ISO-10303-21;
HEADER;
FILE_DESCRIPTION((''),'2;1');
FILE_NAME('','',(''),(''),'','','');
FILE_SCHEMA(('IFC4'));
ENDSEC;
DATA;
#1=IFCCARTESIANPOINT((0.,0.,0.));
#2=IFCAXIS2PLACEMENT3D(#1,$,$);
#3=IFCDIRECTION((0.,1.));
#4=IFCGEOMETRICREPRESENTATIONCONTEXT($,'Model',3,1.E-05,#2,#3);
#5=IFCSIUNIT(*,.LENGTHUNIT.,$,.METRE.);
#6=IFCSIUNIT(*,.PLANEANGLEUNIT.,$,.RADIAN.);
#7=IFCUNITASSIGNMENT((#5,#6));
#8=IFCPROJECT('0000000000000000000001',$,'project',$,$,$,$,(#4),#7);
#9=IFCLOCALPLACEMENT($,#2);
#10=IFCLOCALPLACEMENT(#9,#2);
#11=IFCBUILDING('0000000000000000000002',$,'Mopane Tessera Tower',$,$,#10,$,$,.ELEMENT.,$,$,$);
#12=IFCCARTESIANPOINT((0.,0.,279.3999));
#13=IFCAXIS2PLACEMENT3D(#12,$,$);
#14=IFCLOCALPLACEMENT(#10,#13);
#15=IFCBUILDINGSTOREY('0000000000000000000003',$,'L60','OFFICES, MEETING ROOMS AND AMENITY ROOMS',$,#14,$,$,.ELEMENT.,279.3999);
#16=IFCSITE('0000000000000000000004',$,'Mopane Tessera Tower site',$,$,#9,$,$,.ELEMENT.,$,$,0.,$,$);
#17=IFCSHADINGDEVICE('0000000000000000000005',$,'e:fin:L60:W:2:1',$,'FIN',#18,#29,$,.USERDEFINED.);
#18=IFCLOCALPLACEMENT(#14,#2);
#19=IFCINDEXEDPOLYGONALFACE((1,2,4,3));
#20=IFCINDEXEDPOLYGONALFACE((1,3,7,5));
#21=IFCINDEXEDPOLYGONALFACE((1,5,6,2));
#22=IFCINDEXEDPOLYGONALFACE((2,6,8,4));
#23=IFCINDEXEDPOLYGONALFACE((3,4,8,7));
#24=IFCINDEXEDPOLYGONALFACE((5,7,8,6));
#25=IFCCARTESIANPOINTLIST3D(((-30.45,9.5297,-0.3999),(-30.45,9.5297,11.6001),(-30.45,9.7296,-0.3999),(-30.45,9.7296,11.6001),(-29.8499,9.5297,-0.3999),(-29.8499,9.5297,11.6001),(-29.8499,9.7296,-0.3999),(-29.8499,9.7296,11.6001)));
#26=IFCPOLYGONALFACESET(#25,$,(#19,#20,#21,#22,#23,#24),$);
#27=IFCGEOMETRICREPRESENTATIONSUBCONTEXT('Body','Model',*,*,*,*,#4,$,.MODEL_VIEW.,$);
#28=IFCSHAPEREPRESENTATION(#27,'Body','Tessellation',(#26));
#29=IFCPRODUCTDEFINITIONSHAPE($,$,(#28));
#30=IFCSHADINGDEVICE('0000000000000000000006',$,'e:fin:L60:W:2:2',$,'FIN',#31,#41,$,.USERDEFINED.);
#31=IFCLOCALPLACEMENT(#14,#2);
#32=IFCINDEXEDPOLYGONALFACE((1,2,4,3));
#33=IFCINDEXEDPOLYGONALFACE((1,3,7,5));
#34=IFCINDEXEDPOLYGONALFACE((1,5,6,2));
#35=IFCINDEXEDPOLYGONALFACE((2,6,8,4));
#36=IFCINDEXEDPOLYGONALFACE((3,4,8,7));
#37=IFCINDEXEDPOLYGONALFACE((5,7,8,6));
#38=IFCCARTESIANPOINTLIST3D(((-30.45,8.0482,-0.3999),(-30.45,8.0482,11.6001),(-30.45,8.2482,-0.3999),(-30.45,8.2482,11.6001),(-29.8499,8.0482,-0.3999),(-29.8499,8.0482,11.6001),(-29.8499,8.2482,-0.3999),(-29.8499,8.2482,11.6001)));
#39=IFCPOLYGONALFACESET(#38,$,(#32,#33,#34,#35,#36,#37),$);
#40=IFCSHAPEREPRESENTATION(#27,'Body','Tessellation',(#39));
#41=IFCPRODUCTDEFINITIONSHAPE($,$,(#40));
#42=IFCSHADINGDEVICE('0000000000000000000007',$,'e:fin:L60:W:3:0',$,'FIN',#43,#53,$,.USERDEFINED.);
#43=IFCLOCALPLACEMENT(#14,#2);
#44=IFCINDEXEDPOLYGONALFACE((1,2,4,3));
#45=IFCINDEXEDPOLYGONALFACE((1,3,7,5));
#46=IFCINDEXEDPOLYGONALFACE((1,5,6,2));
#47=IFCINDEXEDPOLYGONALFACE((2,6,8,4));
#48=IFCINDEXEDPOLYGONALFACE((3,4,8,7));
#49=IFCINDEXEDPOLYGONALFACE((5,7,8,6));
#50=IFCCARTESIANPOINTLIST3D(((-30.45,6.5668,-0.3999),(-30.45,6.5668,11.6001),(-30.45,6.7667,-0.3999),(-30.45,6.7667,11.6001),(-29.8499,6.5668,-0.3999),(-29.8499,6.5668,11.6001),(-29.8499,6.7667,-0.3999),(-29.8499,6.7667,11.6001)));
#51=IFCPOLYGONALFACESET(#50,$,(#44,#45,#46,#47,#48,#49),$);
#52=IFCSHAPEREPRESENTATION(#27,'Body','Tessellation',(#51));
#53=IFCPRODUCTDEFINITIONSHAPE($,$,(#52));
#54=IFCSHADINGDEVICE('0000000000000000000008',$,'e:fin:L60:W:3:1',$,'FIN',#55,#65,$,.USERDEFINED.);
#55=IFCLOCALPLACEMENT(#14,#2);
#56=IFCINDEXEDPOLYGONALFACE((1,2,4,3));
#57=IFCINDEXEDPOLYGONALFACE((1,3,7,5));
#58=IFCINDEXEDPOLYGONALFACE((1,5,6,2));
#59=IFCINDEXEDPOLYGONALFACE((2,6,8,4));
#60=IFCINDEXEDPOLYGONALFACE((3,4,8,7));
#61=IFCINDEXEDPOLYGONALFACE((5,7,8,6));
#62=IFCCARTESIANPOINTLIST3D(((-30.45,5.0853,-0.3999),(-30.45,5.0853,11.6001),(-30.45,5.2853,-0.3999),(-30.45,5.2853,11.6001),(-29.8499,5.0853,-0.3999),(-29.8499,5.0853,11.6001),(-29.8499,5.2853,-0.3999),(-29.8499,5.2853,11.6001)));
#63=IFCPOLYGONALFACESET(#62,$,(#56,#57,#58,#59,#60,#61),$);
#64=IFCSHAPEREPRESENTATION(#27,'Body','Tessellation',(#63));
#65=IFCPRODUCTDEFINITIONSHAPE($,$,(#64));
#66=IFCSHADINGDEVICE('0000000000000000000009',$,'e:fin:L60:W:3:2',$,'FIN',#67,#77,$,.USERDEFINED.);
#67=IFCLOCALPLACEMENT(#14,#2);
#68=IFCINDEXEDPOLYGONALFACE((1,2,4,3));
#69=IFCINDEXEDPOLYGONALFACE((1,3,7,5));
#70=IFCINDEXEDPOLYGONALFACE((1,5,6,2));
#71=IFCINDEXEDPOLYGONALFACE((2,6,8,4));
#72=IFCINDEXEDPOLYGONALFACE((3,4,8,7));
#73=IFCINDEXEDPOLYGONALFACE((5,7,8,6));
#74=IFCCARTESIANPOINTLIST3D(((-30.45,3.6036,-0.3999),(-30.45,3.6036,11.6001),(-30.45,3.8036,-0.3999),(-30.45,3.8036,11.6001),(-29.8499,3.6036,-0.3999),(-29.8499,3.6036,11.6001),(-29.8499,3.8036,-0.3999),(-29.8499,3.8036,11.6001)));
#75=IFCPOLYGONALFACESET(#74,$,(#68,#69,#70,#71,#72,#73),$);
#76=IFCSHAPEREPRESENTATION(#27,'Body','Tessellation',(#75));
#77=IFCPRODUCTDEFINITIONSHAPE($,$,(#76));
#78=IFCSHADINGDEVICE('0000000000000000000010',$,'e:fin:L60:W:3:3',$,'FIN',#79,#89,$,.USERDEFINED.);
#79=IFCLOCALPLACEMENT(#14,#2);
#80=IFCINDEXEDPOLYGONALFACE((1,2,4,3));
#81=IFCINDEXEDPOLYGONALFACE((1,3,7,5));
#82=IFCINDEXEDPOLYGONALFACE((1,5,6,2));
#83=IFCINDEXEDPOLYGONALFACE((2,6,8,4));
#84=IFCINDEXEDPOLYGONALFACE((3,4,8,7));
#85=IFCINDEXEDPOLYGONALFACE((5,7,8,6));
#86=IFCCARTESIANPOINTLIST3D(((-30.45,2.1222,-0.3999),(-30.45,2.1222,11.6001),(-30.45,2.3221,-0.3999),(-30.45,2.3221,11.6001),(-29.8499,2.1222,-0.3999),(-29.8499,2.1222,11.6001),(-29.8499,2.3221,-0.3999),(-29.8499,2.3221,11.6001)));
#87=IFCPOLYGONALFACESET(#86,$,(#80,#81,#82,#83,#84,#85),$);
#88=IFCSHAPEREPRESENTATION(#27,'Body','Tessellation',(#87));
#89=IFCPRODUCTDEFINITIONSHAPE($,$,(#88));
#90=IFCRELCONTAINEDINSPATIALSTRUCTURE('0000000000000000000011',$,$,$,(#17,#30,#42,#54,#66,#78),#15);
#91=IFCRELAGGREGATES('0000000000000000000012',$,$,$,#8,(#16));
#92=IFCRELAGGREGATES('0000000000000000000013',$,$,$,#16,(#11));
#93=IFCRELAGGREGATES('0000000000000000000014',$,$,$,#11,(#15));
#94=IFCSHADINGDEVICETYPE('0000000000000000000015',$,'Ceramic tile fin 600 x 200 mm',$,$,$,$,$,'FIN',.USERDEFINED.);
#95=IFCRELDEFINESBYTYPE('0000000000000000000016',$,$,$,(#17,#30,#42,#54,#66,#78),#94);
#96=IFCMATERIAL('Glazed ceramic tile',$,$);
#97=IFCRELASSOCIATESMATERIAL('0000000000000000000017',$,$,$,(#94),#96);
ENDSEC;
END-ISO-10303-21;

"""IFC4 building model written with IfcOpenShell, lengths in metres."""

from ifc_helpers import new_model, si_unit, direction, frame, origin, origin_2d, place, context, subcontext, project, spatial, rectangle, extrude, material, type_object, element, save


model = new_model("IFC4")

# Units and contexts
model_context = context("Model", 3, precision=1e-05, world=origin(), true_north=direction((0.0, 1.0)))
body_context = subcontext(model_context, "Body", "Model", "MODEL_VIEW")
ifc_project = project(units=[si_unit("LENGTHUNIT", "METRE"), si_unit("PLANEANGLEUNIT", "RADIAN")], contexts=[model_context])

# Site, building, storey
site_placement = place(None, origin())
site = spatial("IfcSite", under=ifc_project, at=site_placement, Name="Mopane Tessera Tower site", CompositionType="ELEMENT", RefElevation=0.0)
building_placement = place(site_placement, origin())
building = spatial("IfcBuilding", under=site, at=building_placement, Name="Mopane Tessera Tower", CompositionType="ELEMENT")
storey_placement = place(building_placement, frame((0.0, 0.0, 279.3999)))
storey = spatial("IfcBuildingStorey", under=building, at=storey_placement, Name="L60", Description="OFFICES, MEETING ROOMS AND AMENITY ROOMS", CompositionType="ELEMENT", Elevation=279.3999)

# Shading devices
ifc_material_1 = material(Name="Glazed ceramic tile")
shading_device_type = type_object("IfcShadingDeviceType", Name="Ceramic tile fin 600 x 200 mm", ElementType="FIN", PredefinedType="USERDEFINED", material=ifc_material_1)
for number, where, z_axis, x_axis, name in (
    (1, (-30.1499, 9.6296, -0.3999), (0.0, 0.0, 1.0), (0.0, -1.0, 0.0), "e:fin:L60:W:2:1"),
    (2, (-30.1499, 8.1482, -0.3999), (0.0, 0.0, 1.0), (0.0, -1.0, 0.0), "e:fin:L60:W:2:2"),
    (3, (-30.1499, 6.6667, -0.3999), (0.0, 0.0, 1.0), (0.0, -1.0, 0.0), "e:fin:L60:W:3:0"),
    (4, (-30.1499, 5.1853, -0.3999), (0.0, 0.0, 1.0), (0.0, -1.0, 0.0), "e:fin:L60:W:3:1"),
    (5, (-30.1499, 3.7036, -0.3999), (0.0, 0.0, 1.0), (0.0, -1.0, 0.0), "e:fin:L60:W:3:2"),
    (6, (-30.1499, 2.2222, -0.3999), (0.0, 0.0, 1.0), (0.0, -1.0, 0.0), "e:fin:L60:W:3:3"),
):
    element("IfcShadingDevice", number, at=place(storey_placement, frame(where, z_axis=z_axis, x_axis=x_axis)), inside=storey, type_object=shading_device_type, Name=name, ObjectType="FIN", PredefinedType="USERDEFINED", context=body_context, shape_type="SweptSolid", body=[
        extrude(rectangle(XDim=0.2, YDim=0.6001, at=origin_2d()), origin(), (0.0, 0.0, 1.0), 12.0),
    ])

save(model, "model.ifc")
